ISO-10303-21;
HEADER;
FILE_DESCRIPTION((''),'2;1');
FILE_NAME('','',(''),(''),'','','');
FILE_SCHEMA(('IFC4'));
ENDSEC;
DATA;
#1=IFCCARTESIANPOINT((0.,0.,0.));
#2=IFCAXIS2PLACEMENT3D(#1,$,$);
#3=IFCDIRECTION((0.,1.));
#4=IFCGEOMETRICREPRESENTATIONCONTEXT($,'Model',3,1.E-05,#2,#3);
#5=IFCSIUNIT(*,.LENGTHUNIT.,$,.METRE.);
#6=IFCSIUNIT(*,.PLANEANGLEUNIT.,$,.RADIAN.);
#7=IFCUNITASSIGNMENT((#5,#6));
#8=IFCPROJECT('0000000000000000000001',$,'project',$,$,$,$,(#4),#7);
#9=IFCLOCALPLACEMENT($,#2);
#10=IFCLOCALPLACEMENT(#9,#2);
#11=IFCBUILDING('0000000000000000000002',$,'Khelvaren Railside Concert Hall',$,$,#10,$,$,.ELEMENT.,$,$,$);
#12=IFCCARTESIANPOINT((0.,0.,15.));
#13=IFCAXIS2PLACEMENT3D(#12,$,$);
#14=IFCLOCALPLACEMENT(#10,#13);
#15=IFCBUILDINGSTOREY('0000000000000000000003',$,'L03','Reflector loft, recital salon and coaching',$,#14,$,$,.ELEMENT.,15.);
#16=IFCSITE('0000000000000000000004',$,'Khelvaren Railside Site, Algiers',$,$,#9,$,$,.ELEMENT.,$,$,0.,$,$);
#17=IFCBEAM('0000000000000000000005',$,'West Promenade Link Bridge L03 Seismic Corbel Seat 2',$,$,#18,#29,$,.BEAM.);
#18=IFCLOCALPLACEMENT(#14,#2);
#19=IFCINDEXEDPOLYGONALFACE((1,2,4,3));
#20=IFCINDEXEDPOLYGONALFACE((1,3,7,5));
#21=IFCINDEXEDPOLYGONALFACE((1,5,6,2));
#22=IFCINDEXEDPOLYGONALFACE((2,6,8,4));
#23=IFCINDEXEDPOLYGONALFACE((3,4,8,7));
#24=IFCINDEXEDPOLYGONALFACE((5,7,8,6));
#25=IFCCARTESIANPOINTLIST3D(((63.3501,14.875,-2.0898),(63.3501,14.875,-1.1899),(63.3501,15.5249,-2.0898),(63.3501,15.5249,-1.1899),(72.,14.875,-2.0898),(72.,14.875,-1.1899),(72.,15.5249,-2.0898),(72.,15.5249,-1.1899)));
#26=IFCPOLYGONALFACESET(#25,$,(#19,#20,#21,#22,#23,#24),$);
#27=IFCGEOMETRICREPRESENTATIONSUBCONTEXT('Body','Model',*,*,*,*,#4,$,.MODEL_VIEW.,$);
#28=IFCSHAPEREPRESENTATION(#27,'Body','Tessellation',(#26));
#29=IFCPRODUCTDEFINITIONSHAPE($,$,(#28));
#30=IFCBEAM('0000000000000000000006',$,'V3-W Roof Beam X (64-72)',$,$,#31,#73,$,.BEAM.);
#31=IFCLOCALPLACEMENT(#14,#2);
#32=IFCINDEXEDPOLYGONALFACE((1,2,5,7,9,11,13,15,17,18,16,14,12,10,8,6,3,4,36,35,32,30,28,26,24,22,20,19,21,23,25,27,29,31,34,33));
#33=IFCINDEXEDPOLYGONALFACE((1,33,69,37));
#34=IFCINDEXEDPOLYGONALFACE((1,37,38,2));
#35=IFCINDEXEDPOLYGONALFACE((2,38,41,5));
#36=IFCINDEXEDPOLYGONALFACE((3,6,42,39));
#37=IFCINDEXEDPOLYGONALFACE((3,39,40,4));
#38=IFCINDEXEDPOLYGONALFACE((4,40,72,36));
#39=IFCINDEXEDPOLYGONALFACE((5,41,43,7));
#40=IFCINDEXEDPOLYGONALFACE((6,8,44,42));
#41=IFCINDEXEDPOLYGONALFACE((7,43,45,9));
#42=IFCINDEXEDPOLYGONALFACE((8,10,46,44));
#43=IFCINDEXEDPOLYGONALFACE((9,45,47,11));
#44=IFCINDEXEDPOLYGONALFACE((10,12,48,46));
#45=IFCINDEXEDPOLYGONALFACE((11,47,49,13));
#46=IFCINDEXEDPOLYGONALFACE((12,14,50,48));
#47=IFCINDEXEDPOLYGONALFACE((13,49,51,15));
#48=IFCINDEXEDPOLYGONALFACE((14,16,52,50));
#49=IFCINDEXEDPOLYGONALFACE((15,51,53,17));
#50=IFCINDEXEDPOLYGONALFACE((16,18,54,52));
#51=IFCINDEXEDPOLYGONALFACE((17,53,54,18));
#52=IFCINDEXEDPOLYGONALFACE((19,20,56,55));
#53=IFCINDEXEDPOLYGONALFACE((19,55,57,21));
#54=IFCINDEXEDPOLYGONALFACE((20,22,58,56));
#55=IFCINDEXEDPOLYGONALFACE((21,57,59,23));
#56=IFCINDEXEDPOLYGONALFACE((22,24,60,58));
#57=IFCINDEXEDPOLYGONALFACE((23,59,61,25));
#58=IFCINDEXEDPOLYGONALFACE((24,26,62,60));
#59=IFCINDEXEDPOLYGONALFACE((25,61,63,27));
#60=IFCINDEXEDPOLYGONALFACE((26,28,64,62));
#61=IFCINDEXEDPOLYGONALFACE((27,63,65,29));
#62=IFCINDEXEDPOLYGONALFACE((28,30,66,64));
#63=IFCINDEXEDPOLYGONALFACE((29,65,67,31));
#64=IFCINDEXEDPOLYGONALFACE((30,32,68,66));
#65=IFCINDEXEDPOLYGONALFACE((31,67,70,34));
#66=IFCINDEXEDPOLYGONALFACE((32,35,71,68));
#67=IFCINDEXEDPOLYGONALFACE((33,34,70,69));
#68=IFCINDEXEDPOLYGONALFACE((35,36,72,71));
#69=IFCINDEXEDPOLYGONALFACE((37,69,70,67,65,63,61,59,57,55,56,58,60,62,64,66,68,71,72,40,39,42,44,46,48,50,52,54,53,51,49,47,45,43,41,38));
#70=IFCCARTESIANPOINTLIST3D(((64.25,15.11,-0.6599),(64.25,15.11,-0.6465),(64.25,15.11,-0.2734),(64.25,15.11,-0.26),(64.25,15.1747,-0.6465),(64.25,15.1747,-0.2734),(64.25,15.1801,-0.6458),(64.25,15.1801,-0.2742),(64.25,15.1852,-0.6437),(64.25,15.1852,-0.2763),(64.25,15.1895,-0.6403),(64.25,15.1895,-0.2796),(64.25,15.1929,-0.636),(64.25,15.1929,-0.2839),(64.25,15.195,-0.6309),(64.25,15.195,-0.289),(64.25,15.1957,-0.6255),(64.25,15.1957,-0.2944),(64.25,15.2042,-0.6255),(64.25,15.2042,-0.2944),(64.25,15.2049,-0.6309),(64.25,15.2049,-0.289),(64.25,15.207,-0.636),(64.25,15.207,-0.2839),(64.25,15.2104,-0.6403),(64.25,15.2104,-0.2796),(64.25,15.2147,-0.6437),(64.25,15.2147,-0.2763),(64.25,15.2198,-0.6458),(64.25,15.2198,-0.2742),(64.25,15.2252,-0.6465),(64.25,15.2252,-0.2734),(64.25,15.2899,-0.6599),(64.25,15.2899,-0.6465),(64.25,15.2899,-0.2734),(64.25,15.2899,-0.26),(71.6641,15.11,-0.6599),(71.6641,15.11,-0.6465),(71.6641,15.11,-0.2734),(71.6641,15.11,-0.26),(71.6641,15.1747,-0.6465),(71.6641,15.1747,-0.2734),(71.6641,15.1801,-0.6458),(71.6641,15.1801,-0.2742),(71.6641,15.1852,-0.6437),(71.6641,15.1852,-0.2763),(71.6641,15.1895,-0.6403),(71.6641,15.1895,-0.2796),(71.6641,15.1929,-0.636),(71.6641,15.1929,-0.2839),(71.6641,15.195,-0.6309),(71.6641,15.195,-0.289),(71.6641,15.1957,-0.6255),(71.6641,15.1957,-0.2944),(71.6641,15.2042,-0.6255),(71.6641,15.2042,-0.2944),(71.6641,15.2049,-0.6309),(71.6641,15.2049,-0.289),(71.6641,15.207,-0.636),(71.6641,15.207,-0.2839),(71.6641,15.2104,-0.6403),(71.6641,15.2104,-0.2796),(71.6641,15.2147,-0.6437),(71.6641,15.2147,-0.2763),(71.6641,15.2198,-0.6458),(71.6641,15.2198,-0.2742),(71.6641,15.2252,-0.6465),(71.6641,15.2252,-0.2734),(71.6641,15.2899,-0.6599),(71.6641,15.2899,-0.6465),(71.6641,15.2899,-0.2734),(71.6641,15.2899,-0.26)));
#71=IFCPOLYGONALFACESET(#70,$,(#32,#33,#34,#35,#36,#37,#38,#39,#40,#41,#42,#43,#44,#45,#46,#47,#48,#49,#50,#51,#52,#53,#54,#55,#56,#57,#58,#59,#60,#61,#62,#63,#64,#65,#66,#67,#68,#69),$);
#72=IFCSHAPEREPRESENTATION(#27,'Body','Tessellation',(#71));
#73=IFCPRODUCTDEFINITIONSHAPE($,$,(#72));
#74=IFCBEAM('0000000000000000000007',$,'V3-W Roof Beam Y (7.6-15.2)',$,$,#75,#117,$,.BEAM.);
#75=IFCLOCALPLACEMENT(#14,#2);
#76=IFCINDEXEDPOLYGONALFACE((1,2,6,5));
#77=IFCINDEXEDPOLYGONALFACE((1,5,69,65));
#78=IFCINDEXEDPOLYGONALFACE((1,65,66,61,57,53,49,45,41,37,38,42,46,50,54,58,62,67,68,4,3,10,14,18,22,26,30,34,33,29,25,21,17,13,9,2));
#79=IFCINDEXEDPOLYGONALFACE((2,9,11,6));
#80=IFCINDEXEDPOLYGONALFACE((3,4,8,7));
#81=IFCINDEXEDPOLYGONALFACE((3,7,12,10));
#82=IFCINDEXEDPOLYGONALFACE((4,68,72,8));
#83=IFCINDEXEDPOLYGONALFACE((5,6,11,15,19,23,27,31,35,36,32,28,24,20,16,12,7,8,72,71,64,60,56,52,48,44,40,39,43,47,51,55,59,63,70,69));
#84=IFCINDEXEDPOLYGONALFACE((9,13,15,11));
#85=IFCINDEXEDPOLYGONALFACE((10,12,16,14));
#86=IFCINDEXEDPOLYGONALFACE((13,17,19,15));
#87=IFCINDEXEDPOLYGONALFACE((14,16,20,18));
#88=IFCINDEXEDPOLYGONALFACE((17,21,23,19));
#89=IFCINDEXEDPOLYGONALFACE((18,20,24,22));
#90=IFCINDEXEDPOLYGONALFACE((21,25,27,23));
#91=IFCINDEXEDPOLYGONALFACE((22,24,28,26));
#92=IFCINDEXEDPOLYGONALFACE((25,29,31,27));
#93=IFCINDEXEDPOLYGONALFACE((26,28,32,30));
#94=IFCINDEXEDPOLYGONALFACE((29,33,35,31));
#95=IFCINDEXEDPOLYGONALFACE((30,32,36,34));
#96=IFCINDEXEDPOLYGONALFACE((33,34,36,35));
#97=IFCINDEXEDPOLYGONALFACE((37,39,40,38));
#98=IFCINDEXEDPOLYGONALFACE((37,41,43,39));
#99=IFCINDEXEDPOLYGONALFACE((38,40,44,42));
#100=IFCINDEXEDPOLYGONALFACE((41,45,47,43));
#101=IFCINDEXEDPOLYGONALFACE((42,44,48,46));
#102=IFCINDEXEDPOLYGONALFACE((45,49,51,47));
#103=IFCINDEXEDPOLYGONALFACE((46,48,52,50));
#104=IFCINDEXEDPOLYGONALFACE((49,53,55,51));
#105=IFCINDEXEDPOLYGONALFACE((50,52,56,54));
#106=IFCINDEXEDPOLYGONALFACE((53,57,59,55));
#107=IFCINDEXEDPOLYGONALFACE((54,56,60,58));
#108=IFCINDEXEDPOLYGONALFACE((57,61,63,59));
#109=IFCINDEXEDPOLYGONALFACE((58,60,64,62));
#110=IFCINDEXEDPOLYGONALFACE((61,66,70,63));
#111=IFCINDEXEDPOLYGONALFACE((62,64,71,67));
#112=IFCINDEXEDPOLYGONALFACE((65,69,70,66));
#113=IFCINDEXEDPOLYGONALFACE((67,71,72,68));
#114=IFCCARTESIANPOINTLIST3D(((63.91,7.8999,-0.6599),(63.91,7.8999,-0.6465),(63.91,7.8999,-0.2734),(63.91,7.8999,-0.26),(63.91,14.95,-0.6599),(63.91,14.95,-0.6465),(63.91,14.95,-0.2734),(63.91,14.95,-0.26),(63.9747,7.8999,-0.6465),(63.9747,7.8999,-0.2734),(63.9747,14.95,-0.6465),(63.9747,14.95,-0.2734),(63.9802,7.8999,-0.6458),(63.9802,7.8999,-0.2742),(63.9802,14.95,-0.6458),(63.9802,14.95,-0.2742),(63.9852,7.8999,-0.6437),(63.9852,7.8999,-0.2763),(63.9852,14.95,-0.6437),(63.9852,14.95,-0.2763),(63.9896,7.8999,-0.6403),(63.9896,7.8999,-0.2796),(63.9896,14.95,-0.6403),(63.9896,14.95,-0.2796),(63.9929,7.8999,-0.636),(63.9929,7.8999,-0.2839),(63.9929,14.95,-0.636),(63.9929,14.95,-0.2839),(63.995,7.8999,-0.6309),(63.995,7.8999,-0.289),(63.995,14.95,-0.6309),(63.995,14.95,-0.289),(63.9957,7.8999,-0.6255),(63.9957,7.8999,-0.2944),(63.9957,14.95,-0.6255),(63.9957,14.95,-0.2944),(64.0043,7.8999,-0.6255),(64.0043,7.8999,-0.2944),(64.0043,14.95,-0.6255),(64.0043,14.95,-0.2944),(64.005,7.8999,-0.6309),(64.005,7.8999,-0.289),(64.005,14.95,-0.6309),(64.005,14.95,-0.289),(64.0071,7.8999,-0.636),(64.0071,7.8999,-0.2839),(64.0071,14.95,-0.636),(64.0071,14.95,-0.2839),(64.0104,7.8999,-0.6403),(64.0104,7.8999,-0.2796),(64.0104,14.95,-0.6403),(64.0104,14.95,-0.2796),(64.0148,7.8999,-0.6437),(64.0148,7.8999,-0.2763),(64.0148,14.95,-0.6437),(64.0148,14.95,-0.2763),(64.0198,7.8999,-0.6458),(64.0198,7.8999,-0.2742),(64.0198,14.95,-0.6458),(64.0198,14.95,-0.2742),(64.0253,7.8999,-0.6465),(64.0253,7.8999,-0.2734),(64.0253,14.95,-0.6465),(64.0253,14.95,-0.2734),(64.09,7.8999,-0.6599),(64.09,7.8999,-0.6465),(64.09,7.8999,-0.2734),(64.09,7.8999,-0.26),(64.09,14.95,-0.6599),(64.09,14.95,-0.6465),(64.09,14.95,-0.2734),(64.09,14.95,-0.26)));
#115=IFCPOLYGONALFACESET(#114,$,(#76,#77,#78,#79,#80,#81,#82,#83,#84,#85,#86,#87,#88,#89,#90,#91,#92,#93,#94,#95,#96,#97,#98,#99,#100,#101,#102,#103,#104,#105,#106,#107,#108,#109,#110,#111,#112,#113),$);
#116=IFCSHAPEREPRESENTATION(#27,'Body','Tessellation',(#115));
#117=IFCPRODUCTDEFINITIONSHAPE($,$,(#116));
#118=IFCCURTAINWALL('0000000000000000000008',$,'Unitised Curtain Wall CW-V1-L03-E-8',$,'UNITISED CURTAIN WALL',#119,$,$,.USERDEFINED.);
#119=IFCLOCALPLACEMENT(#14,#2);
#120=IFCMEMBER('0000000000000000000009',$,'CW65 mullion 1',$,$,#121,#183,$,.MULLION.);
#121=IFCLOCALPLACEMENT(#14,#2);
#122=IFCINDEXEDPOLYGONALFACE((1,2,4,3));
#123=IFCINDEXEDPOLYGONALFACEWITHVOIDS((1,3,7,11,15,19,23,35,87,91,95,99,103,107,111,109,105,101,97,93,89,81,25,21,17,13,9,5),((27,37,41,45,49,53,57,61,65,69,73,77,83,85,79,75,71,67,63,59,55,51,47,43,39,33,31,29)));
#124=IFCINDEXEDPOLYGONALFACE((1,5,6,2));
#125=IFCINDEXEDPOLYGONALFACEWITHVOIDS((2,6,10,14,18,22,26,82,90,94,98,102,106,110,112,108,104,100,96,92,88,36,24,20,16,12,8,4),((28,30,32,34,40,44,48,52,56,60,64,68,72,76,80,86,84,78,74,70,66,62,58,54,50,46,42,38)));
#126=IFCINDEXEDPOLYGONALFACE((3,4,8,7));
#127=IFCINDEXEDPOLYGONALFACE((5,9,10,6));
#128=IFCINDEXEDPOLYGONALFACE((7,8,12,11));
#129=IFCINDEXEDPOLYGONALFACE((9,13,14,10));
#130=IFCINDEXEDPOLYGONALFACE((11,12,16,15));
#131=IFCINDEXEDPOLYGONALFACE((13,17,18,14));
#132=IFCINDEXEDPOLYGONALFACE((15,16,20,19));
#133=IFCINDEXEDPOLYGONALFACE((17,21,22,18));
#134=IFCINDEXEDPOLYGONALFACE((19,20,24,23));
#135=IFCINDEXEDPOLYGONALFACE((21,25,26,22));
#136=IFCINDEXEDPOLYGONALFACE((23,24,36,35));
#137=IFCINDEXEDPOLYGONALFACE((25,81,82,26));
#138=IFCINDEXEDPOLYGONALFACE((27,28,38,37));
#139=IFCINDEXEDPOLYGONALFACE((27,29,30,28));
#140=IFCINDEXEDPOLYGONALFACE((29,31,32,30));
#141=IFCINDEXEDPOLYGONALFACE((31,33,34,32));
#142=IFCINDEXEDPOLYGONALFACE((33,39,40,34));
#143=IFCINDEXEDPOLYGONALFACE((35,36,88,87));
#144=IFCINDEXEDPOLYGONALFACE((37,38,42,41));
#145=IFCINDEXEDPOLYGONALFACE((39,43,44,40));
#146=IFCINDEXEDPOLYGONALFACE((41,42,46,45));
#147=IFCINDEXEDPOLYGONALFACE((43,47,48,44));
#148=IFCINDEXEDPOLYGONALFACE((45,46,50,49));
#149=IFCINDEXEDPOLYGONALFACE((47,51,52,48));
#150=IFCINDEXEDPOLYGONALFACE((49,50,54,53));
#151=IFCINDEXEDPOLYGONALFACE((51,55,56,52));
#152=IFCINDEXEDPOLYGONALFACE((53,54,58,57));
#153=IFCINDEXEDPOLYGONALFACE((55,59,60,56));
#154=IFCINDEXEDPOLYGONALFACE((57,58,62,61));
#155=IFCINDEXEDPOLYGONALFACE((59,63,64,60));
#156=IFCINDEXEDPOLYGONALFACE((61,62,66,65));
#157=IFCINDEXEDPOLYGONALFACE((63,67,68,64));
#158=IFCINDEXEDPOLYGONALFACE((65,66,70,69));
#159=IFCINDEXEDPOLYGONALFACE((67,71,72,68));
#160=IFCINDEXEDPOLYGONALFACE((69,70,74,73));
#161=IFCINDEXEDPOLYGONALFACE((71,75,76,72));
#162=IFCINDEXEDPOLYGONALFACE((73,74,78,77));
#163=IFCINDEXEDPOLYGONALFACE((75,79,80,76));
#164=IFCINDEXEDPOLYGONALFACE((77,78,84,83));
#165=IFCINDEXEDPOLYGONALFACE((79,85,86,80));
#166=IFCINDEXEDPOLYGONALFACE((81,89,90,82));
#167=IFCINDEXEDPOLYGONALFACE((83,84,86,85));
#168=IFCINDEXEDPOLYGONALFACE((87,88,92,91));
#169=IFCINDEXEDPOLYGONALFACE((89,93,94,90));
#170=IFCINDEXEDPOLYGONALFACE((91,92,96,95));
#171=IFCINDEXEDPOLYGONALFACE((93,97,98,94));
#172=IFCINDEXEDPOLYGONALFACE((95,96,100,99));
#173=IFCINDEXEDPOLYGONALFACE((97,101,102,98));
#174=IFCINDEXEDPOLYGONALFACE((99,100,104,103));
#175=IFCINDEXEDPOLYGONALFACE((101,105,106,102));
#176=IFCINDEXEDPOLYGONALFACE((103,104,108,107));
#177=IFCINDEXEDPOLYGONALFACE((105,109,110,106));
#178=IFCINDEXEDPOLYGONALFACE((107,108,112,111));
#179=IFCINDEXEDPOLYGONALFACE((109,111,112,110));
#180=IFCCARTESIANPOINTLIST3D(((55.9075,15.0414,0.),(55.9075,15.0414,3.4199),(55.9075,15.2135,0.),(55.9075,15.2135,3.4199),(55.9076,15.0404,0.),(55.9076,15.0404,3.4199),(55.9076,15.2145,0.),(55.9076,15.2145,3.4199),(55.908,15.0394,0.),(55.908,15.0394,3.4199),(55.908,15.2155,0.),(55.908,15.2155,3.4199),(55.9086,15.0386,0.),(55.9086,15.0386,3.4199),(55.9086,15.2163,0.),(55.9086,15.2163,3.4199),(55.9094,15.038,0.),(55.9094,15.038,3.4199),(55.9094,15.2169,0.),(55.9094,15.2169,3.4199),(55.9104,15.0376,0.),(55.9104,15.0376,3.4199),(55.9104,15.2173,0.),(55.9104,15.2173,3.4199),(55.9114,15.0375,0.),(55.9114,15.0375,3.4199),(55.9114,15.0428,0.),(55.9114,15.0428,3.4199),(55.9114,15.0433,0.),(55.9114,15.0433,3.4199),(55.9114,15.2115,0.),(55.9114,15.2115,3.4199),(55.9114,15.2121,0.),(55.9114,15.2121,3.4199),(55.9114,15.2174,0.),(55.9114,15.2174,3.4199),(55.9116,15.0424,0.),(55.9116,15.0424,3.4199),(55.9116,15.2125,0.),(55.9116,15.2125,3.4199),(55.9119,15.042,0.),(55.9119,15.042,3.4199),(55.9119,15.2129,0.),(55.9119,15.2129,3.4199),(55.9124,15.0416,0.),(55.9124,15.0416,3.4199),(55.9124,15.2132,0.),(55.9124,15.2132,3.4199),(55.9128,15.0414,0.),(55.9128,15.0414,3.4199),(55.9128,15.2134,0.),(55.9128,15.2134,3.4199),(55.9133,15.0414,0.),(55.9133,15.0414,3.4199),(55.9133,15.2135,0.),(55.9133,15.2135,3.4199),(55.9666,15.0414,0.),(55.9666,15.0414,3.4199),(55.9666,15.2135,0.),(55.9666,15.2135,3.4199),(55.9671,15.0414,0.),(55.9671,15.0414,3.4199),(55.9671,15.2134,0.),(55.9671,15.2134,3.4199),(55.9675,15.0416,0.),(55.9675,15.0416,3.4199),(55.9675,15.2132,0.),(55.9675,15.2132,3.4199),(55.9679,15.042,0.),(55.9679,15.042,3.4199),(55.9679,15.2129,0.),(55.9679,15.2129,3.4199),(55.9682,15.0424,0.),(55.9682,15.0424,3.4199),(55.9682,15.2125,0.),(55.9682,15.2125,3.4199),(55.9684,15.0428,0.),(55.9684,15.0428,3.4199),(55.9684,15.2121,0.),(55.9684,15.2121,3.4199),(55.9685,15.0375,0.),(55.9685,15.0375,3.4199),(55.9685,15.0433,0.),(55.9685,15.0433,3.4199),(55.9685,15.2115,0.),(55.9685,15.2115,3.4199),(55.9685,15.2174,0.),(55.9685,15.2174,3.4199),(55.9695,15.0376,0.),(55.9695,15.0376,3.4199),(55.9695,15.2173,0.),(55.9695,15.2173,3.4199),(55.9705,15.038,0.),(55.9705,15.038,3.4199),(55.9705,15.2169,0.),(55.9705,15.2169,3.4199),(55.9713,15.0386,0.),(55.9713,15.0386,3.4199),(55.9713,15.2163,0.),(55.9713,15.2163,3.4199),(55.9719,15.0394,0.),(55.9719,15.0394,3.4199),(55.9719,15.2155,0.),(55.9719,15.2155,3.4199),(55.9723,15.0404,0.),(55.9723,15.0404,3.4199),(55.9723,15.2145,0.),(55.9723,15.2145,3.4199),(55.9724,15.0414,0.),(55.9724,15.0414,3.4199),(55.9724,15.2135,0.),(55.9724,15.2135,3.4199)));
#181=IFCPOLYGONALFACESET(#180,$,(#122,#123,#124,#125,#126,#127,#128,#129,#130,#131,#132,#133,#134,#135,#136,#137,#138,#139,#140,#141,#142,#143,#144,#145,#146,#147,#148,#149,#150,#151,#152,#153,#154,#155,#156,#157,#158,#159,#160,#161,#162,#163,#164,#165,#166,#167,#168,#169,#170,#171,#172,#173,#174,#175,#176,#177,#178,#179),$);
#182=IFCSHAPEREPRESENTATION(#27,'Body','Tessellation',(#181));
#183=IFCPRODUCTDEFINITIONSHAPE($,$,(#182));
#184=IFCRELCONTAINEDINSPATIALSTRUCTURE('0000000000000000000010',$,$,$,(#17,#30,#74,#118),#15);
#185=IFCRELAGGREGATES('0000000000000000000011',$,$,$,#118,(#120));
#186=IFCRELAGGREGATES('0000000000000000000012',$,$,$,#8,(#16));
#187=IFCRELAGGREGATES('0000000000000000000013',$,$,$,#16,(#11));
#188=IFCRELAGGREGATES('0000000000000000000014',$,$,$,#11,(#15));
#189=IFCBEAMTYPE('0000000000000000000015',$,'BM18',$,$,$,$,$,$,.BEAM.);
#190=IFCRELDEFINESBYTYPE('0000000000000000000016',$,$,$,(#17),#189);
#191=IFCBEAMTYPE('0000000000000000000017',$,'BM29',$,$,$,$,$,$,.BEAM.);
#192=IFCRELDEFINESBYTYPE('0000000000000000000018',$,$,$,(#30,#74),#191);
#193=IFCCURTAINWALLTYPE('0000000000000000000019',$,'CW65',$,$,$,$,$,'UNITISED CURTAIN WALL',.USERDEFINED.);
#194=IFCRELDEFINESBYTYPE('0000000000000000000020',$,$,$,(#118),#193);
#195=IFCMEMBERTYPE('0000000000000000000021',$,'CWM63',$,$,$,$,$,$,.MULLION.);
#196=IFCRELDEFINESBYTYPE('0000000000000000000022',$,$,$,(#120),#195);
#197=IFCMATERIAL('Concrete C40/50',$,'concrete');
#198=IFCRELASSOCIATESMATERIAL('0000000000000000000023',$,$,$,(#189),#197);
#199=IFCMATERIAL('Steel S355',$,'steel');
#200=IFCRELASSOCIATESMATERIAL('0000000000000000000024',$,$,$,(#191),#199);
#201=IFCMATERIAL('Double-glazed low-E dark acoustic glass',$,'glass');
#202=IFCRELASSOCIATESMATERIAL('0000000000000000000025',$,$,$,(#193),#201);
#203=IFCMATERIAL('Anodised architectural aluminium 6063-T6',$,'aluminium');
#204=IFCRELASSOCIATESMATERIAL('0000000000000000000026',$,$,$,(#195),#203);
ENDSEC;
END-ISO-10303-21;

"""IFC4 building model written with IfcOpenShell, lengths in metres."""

from ifc_helpers import new_model, si_unit, direction, frame, origin, origin_2d, place, context, subcontext, project, spatial, rectangle, hollow_rectangle, i_section, extrude, material, material_profile, profile_set, type_object, element, aggregate, save


model = new_model("IFC4")

# Units and contexts
model_context = context("Model", 3, precision=1e-05, world=origin(), true_north=direction((0.0, 1.0)))
body_context = subcontext(model_context, "Body", "Model", "MODEL_VIEW")
ifc_project = project(units=[si_unit("LENGTHUNIT", "METRE"), si_unit("PLANEANGLEUNIT", "RADIAN")], contexts=[model_context])

# Site, building, storey
site_placement = place(None, origin())
site = spatial("IfcSite", under=ifc_project, at=site_placement, Name="Khelvaren Railside Site, Algiers", CompositionType="ELEMENT", RefElevation=0.0)
building_placement = place(site_placement, origin())
building = spatial("IfcBuilding", under=site, at=building_placement, Name="Khelvaren Railside Concert Hall", CompositionType="ELEMENT")
storey_placement = place(building_placement, frame((0.0, 0.0, 15.0)))
storey = spatial("IfcBuildingStorey", under=building, at=storey_placement, Name="L03", Description="Reflector loft, recital salon and coaching", CompositionType="ELEMENT", Elevation=15.0)

# Beams
ifc_material_1 = material(Name="Concrete C40/50", Category="concrete")
ifc_material_profile_1 = material_profile(ifc_material_1, rectangle(XDim=0.6499, YDim=0.8999, at=origin_2d()), Name="RCB 650x900")
ifc_profile_set_1 = profile_set([ifc_material_profile_1], Name="Concrete C40/50")
beam_type_1 = type_object("IfcBeamType", Name="BM18", PredefinedType="BEAM", material=ifc_profile_set_1)
beam_1_placement = place(storey_placement, frame((63.3501, 15.2, -1.6399), z_axis=(1.0, 0.0, 0.0), x_axis=(0.0, 1.0, 0.0)))
element("IfcBeam", 1, at=beam_1_placement, inside=storey, type_object=beam_type_1, Name="West Promenade Link Bridge L03 Seismic Corbel Seat 2", PredefinedType="BEAM", context=body_context, shape_type="SweptSolid", body=[
    extrude(rectangle(XDim=0.6499, YDim=0.8999, at=origin_2d()), origin(), (0.0, 0.0, 1.0), 8.6499),
])
ifc_material_2 = material(Name="Steel S355", Category="steel")
ifc_material_profile_2 = material_profile(ifc_material_2, i_section(OverallWidth=0.1799, OverallDepth=0.3999, WebThickness=0.0085, FlangeThickness=0.0134, FilletRadius=0.021, at=origin_2d()), Name="IPE 400")
ifc_profile_set_2 = profile_set([ifc_material_profile_2], Name="Steel S355")
beam_type_2 = type_object("IfcBeamType", Name="BM29", PredefinedType="BEAM", material=ifc_profile_set_2)
beam_2_placement = place(storey_placement, frame((64.25, 15.2, -0.46), z_axis=(1.0, 0.0, 0.0), x_axis=(0.0, 1.0, 0.0)))
element("IfcBeam", 2, at=beam_2_placement, inside=storey, type_object=beam_type_2, Name="V3-W Roof Beam X (64-72)", PredefinedType="BEAM", context=body_context, shape_type="SweptSolid", body=[
    extrude(i_section(OverallWidth=0.1799, OverallDepth=0.3999, WebThickness=0.0085, FlangeThickness=0.0134, FilletRadius=0.021, at=origin_2d()), origin(), (0.0, 0.0, 1.0), 7.4141),
])
beam_3_placement = place(storey_placement, frame((64.0, 7.8999, -0.46), z_axis=(0.0, 1.0, 0.0), x_axis=(-1.0, 0.0, 0.0)))
element("IfcBeam", 3, at=beam_3_placement, inside=storey, type_object=beam_type_2, Name="V3-W Roof Beam Y (7.6-15.2)", PredefinedType="BEAM", context=body_context, shape_type="SweptSolid", body=[
    extrude(i_section(OverallWidth=0.1799, OverallDepth=0.3999, WebThickness=0.0085, FlangeThickness=0.0134, FilletRadius=0.021, at=origin_2d()), origin(), (0.0, 0.0, 1.0), 7.05),
])

# Curtain wall, member
ifc_material_3 = material(Name="Double-glazed low-E dark acoustic glass", Category="glass")
curtain_wall_type = type_object("IfcCurtainWallType", Name="CW65", ElementType="UNITISED CURTAIN WALL", PredefinedType="USERDEFINED", material=ifc_material_3)
curtain_wall_placement = place(storey_placement, origin())
curtain_wall = element("IfcCurtainWall", 4, at=curtain_wall_placement, inside=storey, type_object=curtain_wall_type, Name="Unitised Curtain Wall CW-V1-L03-E-8", ObjectType="UNITISED CURTAIN WALL", PredefinedType="USERDEFINED")
ifc_material_4 = material(Name="Anodised architectural aluminium 6063-T6", Category="aluminium")
ifc_material_profile_3 = material_profile(ifc_material_4, hollow_rectangle(XDim=0.0649, YDim=0.1799, WallThickness=0.0039, InnerFilletRadius=0.002, OuterFilletRadius=0.0039, at=origin_2d()), Name="CWM 65x180x4")
ifc_profile_set_3 = profile_set([ifc_material_profile_3], Name="Anodised architectural aluminium 6063-T6")
member_type_1 = type_object("IfcMemberType", Name="CWM63", PredefinedType="MULLION", material=ifc_profile_set_3)
member_1_placement = place(storey_placement, frame((55.9399, 15.1274, 0.0), z_axis=(0.0, 0.0, 1.0), x_axis=(1.0, 0.0, 0.0)))
member_1 = element("IfcMember", 5, at=member_1_placement, type_object=member_type_1, Name="CW65 mullion 1", PredefinedType="MULLION", context=body_context, shape_type="SweptSolid", body=[
    extrude(hollow_rectangle(XDim=0.0649, YDim=0.1799, WallThickness=0.0039, InnerFilletRadius=0.002, OuterFilletRadius=0.0039, at=origin_2d()), origin(), (0.0, 0.0, 1.0), 3.4199),
])

aggregate(curtain_wall, [member_1])

save(model, "model.ifc")
